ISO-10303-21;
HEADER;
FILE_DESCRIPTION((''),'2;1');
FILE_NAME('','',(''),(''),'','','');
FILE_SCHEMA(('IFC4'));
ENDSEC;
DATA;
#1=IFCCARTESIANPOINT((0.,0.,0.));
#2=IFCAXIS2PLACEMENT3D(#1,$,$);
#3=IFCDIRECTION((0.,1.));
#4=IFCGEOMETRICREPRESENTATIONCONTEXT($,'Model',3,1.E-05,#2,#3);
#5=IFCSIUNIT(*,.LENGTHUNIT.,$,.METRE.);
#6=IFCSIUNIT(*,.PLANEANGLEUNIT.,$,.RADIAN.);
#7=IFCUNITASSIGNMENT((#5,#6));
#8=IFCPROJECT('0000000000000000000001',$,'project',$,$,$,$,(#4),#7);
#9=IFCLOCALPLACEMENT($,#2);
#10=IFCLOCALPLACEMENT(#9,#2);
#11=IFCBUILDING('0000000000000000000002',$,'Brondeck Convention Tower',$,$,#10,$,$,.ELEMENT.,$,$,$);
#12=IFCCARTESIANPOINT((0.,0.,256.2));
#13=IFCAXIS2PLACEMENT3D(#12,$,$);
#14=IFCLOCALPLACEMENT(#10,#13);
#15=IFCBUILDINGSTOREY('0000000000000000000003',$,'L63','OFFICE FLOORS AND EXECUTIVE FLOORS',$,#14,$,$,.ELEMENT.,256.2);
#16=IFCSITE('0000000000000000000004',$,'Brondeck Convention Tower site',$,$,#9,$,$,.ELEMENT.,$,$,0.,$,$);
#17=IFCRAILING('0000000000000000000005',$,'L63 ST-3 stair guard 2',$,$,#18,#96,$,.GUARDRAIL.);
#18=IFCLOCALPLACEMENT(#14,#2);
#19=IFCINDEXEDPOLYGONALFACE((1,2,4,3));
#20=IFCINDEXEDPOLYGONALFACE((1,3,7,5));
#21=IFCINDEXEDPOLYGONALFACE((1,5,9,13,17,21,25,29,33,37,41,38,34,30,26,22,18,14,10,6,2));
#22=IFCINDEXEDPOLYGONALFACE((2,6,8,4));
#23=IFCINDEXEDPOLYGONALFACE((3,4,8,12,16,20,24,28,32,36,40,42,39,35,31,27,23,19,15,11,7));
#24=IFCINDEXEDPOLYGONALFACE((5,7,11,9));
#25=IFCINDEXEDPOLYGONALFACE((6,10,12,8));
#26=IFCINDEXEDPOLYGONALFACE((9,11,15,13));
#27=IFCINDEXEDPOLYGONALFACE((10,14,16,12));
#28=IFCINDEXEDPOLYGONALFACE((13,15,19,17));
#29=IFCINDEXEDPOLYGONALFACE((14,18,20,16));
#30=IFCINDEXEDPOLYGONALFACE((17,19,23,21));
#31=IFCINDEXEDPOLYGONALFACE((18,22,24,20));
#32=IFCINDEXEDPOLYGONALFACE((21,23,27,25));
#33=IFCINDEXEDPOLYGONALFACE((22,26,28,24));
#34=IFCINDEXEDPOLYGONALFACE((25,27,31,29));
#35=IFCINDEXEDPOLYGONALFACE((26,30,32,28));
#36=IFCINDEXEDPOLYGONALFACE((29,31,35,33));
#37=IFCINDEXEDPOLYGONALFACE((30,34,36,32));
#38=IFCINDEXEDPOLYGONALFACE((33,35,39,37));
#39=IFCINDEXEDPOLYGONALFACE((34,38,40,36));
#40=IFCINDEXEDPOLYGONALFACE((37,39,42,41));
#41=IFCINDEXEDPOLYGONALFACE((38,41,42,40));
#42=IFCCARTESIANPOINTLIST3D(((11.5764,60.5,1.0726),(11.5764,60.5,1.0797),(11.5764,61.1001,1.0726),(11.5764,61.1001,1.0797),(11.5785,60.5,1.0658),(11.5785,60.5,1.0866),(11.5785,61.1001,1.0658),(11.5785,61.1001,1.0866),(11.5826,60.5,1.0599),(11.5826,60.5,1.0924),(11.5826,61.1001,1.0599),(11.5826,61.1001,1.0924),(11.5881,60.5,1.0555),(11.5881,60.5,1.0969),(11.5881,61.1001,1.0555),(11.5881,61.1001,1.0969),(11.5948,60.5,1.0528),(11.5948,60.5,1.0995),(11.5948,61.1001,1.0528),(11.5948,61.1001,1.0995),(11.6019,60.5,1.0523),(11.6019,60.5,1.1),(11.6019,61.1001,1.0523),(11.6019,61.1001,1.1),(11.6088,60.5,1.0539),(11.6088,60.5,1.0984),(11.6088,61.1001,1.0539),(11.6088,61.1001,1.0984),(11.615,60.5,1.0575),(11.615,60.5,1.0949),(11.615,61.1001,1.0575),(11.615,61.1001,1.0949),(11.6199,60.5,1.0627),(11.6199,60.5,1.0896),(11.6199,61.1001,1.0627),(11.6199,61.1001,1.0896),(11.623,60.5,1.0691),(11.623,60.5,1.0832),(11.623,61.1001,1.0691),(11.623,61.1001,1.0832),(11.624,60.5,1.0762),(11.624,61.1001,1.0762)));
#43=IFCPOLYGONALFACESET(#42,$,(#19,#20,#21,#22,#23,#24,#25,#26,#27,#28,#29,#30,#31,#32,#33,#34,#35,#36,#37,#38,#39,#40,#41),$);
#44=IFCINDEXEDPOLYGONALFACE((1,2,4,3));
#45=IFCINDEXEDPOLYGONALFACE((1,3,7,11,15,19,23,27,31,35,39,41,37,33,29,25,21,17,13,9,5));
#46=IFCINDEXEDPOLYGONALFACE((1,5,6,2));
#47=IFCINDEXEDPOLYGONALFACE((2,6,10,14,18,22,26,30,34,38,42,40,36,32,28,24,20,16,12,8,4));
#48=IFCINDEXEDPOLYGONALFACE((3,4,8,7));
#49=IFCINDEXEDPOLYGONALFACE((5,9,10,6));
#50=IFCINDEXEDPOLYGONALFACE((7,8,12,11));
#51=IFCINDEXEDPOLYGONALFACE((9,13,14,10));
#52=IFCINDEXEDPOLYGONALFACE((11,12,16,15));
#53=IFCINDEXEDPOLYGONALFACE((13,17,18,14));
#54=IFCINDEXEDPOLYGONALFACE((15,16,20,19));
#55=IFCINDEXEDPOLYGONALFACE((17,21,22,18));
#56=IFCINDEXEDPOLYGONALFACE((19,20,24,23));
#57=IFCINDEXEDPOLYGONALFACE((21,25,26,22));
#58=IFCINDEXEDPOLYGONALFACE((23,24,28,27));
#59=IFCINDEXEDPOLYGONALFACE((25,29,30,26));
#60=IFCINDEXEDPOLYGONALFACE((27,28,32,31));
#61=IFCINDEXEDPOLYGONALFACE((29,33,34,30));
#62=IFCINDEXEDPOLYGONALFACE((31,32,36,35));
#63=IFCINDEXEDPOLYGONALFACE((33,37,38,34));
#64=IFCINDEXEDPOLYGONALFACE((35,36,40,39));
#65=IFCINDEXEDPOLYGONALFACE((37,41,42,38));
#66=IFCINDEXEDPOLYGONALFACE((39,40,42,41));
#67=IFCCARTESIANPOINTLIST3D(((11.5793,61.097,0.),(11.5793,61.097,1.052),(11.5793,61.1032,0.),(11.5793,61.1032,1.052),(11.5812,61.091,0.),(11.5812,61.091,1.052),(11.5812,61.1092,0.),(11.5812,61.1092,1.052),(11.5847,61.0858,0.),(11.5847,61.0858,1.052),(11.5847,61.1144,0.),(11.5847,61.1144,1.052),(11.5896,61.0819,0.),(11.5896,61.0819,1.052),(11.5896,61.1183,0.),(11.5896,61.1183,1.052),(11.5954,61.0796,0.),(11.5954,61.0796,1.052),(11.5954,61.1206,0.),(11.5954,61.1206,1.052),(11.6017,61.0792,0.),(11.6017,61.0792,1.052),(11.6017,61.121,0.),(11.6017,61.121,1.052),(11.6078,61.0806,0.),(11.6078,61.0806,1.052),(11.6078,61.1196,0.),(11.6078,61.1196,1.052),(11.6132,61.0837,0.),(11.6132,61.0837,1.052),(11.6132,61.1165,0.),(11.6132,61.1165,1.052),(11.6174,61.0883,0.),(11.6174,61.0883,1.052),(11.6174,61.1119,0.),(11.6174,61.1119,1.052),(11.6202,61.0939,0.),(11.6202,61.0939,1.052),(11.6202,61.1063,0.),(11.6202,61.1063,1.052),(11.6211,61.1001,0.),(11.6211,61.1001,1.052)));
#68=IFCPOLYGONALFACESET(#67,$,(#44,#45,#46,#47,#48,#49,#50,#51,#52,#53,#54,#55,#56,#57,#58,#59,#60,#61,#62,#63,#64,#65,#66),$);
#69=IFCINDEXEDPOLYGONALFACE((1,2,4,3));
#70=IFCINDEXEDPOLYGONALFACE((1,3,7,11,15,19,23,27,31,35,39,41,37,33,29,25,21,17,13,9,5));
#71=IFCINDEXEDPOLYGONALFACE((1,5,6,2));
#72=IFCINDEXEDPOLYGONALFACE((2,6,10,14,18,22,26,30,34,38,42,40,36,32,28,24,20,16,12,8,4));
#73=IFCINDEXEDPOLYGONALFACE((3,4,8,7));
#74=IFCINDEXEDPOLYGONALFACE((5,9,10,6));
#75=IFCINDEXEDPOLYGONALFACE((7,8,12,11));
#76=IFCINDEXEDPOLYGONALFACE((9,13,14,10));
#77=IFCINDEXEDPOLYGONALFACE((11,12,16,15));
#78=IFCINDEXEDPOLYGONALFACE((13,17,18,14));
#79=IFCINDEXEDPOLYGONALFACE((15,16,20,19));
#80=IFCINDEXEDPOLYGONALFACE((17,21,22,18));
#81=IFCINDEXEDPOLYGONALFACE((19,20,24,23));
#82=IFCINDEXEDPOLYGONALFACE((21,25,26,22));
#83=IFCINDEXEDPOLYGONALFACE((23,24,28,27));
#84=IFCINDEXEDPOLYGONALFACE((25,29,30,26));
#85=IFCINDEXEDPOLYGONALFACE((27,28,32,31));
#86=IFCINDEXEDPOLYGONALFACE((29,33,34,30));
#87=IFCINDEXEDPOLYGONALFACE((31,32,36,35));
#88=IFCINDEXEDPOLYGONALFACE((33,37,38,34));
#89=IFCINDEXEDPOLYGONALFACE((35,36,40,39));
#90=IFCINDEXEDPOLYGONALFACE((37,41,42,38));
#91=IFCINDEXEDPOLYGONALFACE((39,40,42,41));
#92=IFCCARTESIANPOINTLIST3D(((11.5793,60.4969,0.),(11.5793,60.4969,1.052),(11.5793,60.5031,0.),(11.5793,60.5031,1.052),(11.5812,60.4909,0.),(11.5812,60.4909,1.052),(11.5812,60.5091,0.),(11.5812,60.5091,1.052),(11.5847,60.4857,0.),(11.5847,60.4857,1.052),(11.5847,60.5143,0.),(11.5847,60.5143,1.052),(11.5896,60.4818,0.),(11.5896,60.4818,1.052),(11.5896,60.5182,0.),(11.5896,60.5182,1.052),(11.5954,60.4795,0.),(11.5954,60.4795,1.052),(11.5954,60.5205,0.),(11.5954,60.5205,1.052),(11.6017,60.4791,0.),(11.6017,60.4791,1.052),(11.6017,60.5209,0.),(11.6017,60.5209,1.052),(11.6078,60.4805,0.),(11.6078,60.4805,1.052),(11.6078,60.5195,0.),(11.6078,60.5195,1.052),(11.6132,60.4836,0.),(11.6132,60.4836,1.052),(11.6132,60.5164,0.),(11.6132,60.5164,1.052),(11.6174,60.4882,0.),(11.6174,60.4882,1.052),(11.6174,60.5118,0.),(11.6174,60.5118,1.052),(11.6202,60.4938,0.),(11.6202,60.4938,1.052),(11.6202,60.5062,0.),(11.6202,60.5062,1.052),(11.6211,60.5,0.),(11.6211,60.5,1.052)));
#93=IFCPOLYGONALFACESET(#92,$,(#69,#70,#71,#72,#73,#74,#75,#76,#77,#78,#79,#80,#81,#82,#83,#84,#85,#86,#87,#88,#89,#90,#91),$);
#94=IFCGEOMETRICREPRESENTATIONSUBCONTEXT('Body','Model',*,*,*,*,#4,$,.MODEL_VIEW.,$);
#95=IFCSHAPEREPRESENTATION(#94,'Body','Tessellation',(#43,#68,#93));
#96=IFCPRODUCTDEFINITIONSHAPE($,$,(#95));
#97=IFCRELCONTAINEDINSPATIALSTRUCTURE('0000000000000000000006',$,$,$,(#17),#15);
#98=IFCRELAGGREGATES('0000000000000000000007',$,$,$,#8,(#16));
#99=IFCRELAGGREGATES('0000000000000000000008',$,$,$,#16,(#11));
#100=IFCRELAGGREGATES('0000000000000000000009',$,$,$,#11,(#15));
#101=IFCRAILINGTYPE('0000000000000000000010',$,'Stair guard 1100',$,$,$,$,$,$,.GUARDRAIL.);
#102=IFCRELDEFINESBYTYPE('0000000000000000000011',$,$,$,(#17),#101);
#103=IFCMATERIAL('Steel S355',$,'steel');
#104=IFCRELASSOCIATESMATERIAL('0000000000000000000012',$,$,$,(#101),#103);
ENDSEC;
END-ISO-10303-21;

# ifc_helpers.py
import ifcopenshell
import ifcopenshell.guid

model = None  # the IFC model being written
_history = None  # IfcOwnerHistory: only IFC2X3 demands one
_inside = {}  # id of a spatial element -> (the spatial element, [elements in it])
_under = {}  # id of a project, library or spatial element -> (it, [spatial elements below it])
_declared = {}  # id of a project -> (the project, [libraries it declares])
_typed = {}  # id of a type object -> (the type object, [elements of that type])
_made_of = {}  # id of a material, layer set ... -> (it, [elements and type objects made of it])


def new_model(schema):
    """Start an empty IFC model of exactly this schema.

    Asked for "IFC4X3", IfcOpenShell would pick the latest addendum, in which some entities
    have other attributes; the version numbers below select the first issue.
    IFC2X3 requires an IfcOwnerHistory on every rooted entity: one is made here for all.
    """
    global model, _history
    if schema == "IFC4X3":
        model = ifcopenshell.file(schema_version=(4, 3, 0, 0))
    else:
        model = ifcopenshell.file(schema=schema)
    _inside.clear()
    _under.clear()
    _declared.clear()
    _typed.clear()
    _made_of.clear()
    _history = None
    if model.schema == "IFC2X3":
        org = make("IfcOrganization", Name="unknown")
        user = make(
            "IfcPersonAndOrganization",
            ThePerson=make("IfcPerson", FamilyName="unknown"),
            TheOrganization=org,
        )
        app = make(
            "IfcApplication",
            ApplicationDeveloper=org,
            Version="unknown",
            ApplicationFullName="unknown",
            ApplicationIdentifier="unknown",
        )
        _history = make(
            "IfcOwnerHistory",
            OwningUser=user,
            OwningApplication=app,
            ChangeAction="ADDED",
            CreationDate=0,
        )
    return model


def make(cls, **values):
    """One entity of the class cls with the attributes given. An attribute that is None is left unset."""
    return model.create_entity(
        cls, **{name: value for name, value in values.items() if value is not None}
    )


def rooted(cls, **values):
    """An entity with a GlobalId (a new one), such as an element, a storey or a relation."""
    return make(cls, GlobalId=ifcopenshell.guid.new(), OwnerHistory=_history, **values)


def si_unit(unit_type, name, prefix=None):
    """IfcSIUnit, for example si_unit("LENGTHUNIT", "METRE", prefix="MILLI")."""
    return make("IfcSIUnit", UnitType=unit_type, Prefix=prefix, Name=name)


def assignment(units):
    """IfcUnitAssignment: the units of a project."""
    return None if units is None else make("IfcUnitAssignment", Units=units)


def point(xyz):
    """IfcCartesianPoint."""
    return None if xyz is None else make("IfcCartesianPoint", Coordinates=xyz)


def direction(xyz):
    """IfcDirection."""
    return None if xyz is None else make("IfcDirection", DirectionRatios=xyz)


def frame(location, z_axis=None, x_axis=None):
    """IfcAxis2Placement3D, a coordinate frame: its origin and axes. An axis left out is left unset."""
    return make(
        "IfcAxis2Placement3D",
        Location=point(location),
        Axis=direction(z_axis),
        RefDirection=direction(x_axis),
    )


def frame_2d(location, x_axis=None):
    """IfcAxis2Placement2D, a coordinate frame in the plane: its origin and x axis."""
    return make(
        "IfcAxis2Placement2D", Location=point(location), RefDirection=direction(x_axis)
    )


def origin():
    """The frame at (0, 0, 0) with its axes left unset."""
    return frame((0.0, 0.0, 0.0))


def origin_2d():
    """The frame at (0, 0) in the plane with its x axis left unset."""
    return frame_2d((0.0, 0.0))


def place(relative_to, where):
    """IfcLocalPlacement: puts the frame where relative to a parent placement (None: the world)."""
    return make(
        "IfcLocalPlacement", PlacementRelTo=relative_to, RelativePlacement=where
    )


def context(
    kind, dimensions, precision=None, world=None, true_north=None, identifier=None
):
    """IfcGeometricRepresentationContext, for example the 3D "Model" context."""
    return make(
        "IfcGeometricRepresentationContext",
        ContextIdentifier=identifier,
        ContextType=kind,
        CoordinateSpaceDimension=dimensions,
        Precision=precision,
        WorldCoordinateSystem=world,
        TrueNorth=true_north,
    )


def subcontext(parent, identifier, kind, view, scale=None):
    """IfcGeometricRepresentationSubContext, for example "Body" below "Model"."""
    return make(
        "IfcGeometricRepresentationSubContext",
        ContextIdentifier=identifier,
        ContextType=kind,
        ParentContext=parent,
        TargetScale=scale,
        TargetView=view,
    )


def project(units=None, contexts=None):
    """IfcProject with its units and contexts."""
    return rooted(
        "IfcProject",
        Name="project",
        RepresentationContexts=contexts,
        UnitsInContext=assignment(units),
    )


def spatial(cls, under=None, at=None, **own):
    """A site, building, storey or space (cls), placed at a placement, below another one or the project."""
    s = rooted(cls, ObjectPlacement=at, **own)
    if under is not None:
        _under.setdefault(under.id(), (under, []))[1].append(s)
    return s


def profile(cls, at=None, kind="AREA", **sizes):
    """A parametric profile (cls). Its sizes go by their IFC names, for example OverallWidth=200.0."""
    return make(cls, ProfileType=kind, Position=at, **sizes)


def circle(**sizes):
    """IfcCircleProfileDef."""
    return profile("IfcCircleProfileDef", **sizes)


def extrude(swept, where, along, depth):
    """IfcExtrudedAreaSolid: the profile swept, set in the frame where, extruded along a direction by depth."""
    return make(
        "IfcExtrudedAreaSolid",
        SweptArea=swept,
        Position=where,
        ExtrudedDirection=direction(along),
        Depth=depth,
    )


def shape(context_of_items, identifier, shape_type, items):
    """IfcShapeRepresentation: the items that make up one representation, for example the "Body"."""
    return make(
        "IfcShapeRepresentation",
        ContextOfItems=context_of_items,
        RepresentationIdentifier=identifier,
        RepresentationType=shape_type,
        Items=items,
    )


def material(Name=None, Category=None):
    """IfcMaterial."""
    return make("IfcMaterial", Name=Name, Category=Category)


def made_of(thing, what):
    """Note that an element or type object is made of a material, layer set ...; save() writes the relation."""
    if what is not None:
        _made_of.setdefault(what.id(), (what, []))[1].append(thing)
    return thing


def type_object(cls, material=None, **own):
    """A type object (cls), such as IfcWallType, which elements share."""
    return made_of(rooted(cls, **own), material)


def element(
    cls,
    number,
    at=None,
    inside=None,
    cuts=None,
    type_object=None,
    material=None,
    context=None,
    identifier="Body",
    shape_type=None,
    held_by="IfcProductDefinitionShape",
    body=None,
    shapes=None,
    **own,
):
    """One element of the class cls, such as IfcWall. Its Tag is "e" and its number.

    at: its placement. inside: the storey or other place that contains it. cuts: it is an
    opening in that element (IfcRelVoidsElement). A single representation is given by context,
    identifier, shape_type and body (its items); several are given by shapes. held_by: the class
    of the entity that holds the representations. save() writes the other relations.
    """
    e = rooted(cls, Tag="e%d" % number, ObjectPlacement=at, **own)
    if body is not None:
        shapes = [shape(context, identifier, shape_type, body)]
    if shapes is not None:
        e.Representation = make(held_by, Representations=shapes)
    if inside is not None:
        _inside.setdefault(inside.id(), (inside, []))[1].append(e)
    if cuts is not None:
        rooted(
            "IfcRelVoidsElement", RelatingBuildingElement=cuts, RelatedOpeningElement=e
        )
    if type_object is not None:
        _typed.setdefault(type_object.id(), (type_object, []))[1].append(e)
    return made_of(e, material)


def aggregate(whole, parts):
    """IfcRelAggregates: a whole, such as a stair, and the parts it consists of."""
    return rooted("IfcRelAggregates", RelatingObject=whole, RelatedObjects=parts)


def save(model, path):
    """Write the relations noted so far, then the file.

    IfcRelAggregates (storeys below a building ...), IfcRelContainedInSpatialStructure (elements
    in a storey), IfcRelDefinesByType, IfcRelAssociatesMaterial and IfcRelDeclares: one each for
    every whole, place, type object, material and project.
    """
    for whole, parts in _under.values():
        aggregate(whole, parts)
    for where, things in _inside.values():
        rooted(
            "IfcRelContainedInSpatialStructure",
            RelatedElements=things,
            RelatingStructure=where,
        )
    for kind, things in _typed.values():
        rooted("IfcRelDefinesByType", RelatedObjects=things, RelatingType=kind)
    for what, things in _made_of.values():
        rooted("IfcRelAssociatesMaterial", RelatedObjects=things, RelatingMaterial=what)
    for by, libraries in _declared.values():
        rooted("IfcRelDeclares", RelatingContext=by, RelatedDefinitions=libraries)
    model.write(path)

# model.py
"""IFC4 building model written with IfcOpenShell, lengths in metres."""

from ifc_helpers import new_model, si_unit, direction, frame, origin, origin_2d, place, context, subcontext, project, spatial, circle, extrude, material, type_object, element, save


model = new_model("IFC4")

# Units and contexts
model_context = context("Model", 3, precision=1e-05, world=origin(), true_north=direction((0.0, 1.0)))
body_context = subcontext(model_context, "Body", "Model", "MODEL_VIEW")
ifc_project = project(units=[si_unit("LENGTHUNIT", "METRE"), si_unit("PLANEANGLEUNIT", "RADIAN")], contexts=[model_context])

# Site, building, storey
site_placement = place(None, origin())
site = spatial("IfcSite", under=ifc_project, at=site_placement, Name="Brondeck Convention Tower site", CompositionType="ELEMENT", RefElevation=0.0)
building_placement = place(site_placement, origin())
building = spatial("IfcBuilding", under=site, at=building_placement, Name="Brondeck Convention Tower", CompositionType="ELEMENT")
storey_placement = place(building_placement, frame((0.0, 0.0, 256.2)))
storey = spatial("IfcBuildingStorey", under=building, at=storey_placement, Name="L63", Description="OFFICE FLOORS AND EXECUTIVE FLOORS", CompositionType="ELEMENT", Elevation=256.2)

# Railing
ifc_material_1 = material(Name="Steel S355", Category="steel")
railing_type_1 = type_object("IfcRailingType", Name="Stair guard 1100", PredefinedType="GUARDRAIL", material=ifc_material_1)
railing_1_placement = place(storey_placement, frame((11.6001, 61.1001, 0.0)))
element("IfcRailing", 1, at=railing_1_placement, inside=storey, type_object=railing_type_1, Name="L63 ST-3 stair guard 2", PredefinedType="GUARDRAIL", context=body_context, shape_type="SweptSolid", body=[
    extrude(circle(Radius=0.0239, at=origin_2d()), frame((0.0, 0.0, 1.0762), z_axis=(0.0, -1.0, 0.0), x_axis=(1.0, 0.0, 0.0)), (0.0, 0.0, 1.0), 0.6001),
    extrude(circle(Radius=0.021, at=origin_2d()), origin(), (0.0, 0.0, 1.0), 1.052),
    extrude(circle(Radius=0.021, at=origin_2d()), frame((0.0, -0.6001, 0.0)), (0.0, 0.0, 1.0), 1.052),
])

save(model, "model.ifc")
